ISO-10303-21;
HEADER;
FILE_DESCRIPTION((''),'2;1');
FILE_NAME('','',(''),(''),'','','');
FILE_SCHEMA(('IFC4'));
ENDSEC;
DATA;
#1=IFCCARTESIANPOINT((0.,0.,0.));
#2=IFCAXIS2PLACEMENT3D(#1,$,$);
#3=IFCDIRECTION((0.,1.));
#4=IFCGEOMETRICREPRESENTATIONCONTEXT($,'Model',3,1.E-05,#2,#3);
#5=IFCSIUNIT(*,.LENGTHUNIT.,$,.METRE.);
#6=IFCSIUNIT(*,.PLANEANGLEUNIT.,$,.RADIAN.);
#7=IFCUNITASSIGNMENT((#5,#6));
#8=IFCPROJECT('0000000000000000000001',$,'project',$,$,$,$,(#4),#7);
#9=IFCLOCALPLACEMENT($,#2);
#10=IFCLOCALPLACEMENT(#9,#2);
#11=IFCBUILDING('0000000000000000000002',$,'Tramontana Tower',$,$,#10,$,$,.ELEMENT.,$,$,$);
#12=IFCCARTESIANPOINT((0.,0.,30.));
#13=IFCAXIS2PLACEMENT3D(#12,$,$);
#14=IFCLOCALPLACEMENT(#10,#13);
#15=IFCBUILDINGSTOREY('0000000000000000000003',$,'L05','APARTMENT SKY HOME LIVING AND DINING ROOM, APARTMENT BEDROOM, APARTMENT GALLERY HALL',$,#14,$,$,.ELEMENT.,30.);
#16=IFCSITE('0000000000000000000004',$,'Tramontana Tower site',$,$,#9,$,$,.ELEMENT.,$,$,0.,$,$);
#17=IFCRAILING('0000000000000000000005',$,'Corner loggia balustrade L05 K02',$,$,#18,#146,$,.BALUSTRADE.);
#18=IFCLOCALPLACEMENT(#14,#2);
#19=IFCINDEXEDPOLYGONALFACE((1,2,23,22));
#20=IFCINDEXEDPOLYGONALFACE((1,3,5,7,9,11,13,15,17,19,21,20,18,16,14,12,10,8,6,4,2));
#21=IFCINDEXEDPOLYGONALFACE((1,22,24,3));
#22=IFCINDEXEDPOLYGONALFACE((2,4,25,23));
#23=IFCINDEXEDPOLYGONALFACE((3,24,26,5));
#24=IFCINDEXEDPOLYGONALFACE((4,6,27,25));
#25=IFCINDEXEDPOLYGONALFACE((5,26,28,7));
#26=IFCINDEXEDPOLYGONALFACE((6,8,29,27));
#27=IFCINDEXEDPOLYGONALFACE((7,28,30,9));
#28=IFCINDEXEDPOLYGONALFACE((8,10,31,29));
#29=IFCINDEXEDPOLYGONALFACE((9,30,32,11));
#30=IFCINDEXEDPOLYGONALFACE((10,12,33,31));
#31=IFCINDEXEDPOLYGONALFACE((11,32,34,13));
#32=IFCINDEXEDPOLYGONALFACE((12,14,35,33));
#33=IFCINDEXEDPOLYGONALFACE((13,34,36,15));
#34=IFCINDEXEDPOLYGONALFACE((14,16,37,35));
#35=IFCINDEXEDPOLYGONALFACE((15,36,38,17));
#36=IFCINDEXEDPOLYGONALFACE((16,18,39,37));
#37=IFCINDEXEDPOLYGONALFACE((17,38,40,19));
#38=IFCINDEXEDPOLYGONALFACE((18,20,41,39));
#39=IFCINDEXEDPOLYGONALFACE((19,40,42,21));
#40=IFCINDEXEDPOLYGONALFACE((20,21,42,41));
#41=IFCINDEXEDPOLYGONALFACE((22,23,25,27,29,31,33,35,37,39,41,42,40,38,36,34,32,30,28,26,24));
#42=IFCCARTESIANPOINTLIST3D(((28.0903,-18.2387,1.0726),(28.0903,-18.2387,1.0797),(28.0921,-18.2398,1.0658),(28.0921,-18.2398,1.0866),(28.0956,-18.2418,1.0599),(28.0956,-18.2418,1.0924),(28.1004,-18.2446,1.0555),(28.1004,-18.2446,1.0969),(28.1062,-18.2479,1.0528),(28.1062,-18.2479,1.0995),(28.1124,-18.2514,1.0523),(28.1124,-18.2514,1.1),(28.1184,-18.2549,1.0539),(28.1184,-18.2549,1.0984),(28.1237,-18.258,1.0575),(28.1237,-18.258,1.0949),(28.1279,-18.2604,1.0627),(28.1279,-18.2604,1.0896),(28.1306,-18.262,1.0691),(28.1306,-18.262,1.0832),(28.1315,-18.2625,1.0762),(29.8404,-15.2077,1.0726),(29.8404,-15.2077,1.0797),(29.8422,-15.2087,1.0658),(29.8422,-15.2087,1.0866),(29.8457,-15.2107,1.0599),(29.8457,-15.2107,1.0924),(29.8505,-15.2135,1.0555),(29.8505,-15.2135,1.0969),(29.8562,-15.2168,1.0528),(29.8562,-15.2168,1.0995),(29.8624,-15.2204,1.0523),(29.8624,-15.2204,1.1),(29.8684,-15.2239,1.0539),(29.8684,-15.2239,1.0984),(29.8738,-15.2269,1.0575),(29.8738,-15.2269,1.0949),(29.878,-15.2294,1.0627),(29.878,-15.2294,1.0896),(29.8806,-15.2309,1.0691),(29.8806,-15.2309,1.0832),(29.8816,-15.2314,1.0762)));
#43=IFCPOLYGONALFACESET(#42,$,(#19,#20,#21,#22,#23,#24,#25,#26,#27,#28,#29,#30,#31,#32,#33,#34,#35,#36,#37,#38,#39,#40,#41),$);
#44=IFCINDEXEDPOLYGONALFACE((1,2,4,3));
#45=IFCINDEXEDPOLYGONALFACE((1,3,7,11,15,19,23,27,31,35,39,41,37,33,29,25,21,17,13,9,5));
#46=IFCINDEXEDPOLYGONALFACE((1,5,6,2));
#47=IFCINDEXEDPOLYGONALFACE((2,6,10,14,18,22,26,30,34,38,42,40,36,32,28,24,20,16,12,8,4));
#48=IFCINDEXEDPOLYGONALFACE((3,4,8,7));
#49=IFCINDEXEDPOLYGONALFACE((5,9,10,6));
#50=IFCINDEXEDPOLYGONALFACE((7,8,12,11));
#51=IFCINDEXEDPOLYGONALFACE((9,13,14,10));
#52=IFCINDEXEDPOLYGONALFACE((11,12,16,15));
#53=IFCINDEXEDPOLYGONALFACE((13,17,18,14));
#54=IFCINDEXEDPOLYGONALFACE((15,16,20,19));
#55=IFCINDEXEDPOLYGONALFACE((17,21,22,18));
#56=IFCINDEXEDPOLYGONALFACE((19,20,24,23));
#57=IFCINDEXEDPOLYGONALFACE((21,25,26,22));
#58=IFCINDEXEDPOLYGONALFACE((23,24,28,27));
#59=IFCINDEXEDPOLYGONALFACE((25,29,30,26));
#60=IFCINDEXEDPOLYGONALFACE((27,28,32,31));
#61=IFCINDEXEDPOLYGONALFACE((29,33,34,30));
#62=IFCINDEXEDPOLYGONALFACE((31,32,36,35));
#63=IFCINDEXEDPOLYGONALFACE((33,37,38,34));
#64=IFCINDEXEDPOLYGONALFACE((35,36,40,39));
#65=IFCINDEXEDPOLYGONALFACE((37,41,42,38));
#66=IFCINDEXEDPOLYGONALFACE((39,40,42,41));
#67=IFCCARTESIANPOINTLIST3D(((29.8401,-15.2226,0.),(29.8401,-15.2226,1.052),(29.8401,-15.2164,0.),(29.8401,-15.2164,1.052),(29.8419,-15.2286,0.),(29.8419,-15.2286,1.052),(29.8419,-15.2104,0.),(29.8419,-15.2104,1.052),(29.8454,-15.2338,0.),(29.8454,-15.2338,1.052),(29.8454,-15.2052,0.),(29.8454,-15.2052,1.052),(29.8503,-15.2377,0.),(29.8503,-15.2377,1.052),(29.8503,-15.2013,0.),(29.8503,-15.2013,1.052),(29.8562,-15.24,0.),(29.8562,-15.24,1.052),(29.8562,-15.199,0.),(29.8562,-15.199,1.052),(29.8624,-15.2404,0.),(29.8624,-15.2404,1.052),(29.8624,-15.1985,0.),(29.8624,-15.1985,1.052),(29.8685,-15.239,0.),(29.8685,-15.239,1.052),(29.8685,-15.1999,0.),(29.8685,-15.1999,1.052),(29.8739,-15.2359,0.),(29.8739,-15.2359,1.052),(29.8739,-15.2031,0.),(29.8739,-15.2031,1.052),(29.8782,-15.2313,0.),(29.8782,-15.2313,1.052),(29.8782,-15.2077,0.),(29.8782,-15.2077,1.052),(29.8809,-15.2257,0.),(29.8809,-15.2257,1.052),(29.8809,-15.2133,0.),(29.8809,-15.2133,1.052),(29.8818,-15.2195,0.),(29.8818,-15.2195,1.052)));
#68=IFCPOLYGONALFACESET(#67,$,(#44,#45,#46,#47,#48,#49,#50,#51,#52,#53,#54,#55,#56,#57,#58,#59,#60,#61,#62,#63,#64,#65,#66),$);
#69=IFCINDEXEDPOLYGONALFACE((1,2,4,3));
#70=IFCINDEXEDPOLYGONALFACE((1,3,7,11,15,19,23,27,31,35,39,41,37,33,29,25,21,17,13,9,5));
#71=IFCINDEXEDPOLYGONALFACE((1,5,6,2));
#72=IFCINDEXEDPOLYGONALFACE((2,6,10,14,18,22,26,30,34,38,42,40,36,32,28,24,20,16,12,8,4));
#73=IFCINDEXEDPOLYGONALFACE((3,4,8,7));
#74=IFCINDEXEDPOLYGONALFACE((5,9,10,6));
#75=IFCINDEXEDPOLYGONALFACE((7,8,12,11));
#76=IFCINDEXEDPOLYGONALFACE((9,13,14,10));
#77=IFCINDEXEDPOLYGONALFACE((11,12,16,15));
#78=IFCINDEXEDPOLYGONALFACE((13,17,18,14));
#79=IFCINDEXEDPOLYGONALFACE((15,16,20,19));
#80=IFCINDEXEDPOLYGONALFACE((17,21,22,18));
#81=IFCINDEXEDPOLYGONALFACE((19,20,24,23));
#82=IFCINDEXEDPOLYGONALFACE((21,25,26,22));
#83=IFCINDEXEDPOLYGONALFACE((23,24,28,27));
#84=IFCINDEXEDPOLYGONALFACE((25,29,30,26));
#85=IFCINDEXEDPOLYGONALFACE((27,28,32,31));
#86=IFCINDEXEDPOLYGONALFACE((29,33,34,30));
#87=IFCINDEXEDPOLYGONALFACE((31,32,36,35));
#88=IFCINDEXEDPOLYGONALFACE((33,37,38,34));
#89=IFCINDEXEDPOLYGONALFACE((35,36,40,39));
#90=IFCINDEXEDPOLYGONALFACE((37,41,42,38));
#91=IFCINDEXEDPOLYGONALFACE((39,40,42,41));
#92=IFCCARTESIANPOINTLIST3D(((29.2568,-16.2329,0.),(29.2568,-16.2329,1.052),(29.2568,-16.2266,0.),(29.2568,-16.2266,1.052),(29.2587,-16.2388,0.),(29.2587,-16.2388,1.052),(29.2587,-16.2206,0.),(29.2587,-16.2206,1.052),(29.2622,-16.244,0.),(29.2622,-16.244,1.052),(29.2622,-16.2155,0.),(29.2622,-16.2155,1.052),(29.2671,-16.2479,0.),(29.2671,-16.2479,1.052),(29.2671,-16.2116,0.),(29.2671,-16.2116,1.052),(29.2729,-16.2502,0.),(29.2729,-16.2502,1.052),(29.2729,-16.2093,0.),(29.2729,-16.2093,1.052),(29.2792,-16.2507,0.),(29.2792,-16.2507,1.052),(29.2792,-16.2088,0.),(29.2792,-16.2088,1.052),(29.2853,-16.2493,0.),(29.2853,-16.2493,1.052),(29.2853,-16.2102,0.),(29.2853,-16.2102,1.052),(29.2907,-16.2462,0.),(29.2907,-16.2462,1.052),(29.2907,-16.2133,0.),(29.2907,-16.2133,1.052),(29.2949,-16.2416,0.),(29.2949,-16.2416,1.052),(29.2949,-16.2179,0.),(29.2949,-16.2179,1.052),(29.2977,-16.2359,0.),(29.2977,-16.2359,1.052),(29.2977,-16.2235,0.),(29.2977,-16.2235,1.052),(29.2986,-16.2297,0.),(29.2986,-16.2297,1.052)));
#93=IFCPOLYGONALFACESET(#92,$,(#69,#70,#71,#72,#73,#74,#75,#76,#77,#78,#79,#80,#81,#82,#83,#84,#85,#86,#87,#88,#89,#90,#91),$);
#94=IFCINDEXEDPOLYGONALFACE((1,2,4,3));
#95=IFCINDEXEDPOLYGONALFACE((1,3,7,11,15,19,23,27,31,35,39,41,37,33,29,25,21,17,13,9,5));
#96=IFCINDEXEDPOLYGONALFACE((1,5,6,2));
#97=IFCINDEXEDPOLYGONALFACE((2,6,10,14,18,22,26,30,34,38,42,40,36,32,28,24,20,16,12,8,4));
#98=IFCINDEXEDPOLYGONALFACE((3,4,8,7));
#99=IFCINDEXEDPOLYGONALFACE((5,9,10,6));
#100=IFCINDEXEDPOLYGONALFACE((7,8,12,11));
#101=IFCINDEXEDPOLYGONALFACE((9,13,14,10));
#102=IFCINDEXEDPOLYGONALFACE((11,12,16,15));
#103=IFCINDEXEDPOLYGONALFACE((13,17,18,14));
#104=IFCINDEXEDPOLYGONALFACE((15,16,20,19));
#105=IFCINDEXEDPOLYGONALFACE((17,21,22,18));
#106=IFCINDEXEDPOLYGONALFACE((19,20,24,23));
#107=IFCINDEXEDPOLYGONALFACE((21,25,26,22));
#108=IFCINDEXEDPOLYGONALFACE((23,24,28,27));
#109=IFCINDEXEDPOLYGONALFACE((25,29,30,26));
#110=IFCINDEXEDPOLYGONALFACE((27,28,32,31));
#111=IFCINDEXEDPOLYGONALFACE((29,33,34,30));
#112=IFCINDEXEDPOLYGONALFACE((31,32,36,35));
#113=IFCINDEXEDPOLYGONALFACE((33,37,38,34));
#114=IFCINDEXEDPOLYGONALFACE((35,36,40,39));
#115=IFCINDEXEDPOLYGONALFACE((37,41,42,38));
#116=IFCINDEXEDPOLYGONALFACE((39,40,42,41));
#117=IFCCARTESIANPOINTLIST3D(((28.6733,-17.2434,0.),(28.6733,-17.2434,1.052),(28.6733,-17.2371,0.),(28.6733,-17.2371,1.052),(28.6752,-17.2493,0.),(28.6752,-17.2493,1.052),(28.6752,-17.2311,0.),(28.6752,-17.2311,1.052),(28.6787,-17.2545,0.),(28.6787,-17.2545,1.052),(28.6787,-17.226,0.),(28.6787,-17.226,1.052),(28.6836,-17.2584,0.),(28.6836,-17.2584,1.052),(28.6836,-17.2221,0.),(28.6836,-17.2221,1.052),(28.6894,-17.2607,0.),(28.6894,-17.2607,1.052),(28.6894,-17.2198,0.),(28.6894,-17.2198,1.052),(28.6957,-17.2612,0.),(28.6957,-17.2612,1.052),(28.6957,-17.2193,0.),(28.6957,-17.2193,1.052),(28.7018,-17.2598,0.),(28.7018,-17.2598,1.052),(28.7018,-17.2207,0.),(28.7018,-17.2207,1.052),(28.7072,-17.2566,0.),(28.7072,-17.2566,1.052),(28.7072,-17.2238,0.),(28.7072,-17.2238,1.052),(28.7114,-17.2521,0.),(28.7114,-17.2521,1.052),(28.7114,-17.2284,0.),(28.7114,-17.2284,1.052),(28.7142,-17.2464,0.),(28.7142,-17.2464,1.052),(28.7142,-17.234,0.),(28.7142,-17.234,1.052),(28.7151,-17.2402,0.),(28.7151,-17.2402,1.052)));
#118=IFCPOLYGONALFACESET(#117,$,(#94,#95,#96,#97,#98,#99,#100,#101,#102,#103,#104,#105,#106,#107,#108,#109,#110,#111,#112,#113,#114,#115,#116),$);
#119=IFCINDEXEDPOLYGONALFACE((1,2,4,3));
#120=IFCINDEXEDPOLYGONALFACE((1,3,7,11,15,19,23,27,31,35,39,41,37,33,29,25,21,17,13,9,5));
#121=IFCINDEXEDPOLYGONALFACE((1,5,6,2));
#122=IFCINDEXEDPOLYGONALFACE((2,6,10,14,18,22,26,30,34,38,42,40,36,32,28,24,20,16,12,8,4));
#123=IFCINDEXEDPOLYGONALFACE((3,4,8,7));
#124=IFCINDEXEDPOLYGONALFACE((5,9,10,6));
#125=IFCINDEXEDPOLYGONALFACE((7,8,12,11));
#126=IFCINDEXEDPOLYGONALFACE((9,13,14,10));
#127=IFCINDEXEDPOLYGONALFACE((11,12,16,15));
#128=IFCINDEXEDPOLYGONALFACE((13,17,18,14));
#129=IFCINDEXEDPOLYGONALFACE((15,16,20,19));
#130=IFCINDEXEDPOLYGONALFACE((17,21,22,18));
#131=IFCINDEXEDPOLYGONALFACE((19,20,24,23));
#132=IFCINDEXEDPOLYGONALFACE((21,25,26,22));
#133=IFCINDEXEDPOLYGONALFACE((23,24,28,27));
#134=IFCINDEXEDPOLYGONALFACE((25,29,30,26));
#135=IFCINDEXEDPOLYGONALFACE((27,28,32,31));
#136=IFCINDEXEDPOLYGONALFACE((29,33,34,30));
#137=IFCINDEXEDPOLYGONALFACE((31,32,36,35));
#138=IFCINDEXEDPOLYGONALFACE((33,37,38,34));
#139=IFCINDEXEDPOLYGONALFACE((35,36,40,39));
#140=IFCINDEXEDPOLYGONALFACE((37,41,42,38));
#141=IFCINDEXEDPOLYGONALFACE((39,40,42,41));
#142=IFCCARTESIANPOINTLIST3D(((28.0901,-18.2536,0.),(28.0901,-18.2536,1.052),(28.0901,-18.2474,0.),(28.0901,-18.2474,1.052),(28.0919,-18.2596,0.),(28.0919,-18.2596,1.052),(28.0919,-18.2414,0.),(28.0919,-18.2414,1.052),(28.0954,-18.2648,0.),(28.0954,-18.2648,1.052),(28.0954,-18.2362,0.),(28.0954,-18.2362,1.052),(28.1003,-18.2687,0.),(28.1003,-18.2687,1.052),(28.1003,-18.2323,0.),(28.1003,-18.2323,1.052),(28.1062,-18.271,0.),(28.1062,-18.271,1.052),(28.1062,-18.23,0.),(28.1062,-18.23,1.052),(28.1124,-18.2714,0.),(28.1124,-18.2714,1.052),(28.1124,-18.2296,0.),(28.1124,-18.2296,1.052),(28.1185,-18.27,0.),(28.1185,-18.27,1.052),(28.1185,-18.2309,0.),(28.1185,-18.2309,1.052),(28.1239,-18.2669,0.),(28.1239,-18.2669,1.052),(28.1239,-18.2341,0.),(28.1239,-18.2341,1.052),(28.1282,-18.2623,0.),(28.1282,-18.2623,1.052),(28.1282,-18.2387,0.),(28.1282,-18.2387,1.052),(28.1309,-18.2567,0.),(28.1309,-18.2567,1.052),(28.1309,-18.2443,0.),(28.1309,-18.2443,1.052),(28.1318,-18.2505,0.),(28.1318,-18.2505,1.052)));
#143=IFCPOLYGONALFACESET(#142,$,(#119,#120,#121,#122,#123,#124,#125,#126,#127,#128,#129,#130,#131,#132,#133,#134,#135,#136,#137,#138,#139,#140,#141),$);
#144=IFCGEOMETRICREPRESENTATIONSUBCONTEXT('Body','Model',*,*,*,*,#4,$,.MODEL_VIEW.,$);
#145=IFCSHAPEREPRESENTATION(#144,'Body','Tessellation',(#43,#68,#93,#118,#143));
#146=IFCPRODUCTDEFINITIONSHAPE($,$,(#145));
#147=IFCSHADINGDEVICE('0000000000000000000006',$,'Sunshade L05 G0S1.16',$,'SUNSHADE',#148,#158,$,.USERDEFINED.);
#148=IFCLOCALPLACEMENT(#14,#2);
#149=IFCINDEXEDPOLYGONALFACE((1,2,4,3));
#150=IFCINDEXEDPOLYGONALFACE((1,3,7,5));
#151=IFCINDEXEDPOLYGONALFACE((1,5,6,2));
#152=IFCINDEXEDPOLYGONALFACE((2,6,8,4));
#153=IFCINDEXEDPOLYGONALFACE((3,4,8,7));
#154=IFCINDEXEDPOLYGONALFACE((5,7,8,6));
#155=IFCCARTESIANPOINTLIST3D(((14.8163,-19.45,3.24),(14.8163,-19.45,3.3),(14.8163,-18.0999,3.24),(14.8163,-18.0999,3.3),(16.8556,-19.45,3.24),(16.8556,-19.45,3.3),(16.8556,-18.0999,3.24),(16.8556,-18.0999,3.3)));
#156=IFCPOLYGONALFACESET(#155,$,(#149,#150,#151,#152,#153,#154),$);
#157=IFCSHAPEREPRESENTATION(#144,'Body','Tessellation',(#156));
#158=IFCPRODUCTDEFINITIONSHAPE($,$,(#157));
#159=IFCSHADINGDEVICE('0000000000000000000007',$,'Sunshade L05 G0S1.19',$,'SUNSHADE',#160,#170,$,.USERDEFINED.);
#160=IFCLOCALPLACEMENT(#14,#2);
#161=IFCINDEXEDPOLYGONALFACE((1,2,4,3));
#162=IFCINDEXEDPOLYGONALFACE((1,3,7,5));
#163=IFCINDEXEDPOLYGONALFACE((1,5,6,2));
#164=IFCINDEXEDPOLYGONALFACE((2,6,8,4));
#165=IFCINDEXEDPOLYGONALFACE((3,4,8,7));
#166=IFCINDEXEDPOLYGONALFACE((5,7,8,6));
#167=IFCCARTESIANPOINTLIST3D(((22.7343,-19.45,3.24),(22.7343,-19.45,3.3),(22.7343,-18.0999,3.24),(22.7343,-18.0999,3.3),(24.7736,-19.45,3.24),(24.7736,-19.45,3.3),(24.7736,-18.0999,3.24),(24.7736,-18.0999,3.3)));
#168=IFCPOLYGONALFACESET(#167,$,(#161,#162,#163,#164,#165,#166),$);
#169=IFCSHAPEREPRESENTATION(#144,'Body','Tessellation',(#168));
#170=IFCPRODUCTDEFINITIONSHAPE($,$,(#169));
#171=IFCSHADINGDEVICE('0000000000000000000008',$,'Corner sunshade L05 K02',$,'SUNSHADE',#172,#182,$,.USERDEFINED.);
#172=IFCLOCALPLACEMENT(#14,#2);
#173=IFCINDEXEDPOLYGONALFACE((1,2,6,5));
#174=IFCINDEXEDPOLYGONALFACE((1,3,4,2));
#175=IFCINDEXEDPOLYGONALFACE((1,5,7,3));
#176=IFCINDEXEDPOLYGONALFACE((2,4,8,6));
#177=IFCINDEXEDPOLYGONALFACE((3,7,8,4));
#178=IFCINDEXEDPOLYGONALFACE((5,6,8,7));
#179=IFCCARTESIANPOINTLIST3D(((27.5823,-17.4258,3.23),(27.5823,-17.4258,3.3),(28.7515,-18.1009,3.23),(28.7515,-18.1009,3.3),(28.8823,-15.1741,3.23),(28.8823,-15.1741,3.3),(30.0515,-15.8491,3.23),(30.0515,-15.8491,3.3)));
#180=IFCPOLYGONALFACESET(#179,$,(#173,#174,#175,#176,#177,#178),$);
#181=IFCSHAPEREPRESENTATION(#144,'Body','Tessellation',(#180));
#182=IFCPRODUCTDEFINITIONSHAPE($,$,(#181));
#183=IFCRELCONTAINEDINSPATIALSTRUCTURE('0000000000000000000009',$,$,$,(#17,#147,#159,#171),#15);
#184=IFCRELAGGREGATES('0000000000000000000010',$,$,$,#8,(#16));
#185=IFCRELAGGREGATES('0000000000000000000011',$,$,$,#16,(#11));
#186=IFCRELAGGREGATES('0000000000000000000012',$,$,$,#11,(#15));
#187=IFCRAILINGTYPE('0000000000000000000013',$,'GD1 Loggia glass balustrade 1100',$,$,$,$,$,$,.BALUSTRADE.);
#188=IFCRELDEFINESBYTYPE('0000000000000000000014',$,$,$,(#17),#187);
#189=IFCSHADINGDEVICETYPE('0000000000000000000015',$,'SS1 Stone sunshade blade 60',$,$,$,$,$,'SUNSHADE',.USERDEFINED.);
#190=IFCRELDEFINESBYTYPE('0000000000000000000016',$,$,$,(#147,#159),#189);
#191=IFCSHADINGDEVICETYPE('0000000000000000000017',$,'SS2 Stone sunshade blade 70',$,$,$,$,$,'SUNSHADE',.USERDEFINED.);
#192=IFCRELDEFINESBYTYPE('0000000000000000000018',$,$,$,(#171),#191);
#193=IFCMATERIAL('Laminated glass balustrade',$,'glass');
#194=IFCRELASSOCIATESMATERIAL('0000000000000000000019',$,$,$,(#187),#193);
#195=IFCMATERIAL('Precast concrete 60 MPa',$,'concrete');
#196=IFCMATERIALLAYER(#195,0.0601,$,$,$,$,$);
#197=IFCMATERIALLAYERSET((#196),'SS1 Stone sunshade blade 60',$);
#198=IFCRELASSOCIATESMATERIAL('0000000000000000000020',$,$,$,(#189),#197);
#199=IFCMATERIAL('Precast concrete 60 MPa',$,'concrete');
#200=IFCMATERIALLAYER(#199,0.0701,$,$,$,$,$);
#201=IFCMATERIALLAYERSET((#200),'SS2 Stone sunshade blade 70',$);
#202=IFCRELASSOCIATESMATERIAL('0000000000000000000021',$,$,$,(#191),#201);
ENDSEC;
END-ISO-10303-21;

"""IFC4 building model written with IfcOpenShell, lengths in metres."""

from ifc_helpers import new_model, si_unit, direction, frame, origin, origin_2d, place, context, subcontext, project, spatial, rectangle, circle, extrude, material, layer, layer_set, type_object, element, save


model = new_model("IFC4")

# Units and contexts
model_context = context("Model", 3, precision=1e-05, world=origin(), true_north=direction((0.0, 1.0)))
body_context = subcontext(model_context, "Body", "Model", "MODEL_VIEW")
ifc_project = project(units=[si_unit("LENGTHUNIT", "METRE"), si_unit("PLANEANGLEUNIT", "RADIAN")], contexts=[model_context])

# Site, building, storey
site_placement = place(None, origin())
site = spatial("IfcSite", under=ifc_project, at=site_placement, Name="Tramontana Tower site", CompositionType="ELEMENT", RefElevation=0.0)
building_placement = place(site_placement, origin())
building = spatial("IfcBuilding", under=site, at=building_placement, Name="Tramontana Tower", CompositionType="ELEMENT")
storey_placement = place(building_placement, frame((0.0, 0.0, 30.0)))
storey = spatial("IfcBuildingStorey", under=building, at=storey_placement, Name="L05", Description="APARTMENT SKY HOME LIVING AND DINING ROOM, APARTMENT BEDROOM, APARTMENT GALLERY HALL", CompositionType="ELEMENT", Elevation=30.0)

# Railing
ifc_material_1 = material(Name="Laminated glass balustrade", Category="glass")
railing_type = type_object("IfcRailingType", Name="GD1 Loggia glass balustrade 1100", PredefinedType="BALUSTRADE", material=ifc_material_1)
railing_placement = place(storey_placement, frame((29.8608, -15.2195, 0.0)))
element("IfcRailing", 1, at=railing_placement, inside=storey, type_object=railing_type, Name="Corner loggia balustrade L05 K02", PredefinedType="BALUSTRADE", context=body_context, shape_type="SweptSolid", body=[
    extrude(circle(Radius=0.0239, at=origin_2d()), frame((0.0, 0.0, 1.0762), z_axis=(-0.50001, -0.866019, 0.0), x_axis=(0.866019, -0.50001, 0.0)), (0.0, 0.0, 1.0), 3.5),
    extrude(circle(Radius=0.021, at=origin_2d()), origin(), (0.0, 0.0, 1.0), 1.052),
    extrude(circle(Radius=0.021, at=origin_2d()), frame((-0.5833, -1.0103, 0.0)), (0.0, 0.0, 1.0), 1.052),
    extrude(circle(Radius=0.021, at=origin_2d()), frame((-1.1667, -2.0208, 0.0)), (0.0, 0.0, 1.0), 1.052),
    extrude(circle(Radius=0.021, at=origin_2d()), frame((-1.75, -3.031, 0.0)), (0.0, 0.0, 1.0), 1.052),
])

# Shading devices
ifc_material_2 = material(Name="Precast concrete 60 MPa", Category="concrete")
ifc_layer_1 = layer(ifc_material_2, 0.0601)
ifc_layer_set_1 = layer_set([ifc_layer_1], Name="SS1 Stone sunshade blade 60")
shading_device_type_1 = type_object("IfcShadingDeviceType", Name="SS1 Stone sunshade blade 60", ElementType="SUNSHADE", PredefinedType="USERDEFINED", material=ifc_layer_set_1)
for number, where, z_axis, x_axis, name in (
    (2, (15.8359, -18.7749, 3.24), (0.0, 0.0, 1.0), (1.0, 0.0, 0.0), "Sunshade L05 G0S1.16"),
    (3, (23.7539, -18.7749, 3.24), (0.0, 0.0, 1.0), (1.0, 0.0, 0.0), "Sunshade L05 G0S1.19"),
):
    element("IfcShadingDevice", number, at=place(storey_placement, frame(where, z_axis=z_axis, x_axis=x_axis)), inside=storey, type_object=shading_device_type_1, Name=name, ObjectType="SUNSHADE", PredefinedType="USERDEFINED", context=body_context, shape_type="SweptSolid", body=[
        extrude(rectangle(XDim=2.0393, YDim=1.3501, at=origin_2d()), origin(), (0.0, 0.0, 1.0), 0.0601),
    ])
ifc_material_3 = material(Name="Precast concrete 60 MPa", Category="concrete")
ifc_layer_2 = layer(ifc_material_3, 0.0701)
ifc_layer_set_2 = layer_set([ifc_layer_2], Name="SS2 Stone sunshade blade 70")
shading_device_type_2 = type_object("IfcShadingDeviceType", Name="SS2 Stone sunshade blade 70", ElementType="SUNSHADE", PredefinedType="USERDEFINED", material=ifc_layer_set_2)
shading_device_placement = place(storey_placement, frame((28.8169, -16.6375, 3.23), z_axis=(0.0, 0.0, 1.0), x_axis=(-0.5, -0.866025, 0.0)))
element("IfcShadingDevice", 4, at=shading_device_placement, inside=storey, type_object=shading_device_type_2, Name="Corner sunshade L05 K02", ObjectType="SUNSHADE", PredefinedType="USERDEFINED", context=body_context, shape_type="SweptSolid", body=[
    extrude(rectangle(XDim=2.6001, YDim=1.3501, at=origin_2d()), origin(), (0.0, 0.0, 1.0), 0.0701),
])

save(model, "model.ifc")
